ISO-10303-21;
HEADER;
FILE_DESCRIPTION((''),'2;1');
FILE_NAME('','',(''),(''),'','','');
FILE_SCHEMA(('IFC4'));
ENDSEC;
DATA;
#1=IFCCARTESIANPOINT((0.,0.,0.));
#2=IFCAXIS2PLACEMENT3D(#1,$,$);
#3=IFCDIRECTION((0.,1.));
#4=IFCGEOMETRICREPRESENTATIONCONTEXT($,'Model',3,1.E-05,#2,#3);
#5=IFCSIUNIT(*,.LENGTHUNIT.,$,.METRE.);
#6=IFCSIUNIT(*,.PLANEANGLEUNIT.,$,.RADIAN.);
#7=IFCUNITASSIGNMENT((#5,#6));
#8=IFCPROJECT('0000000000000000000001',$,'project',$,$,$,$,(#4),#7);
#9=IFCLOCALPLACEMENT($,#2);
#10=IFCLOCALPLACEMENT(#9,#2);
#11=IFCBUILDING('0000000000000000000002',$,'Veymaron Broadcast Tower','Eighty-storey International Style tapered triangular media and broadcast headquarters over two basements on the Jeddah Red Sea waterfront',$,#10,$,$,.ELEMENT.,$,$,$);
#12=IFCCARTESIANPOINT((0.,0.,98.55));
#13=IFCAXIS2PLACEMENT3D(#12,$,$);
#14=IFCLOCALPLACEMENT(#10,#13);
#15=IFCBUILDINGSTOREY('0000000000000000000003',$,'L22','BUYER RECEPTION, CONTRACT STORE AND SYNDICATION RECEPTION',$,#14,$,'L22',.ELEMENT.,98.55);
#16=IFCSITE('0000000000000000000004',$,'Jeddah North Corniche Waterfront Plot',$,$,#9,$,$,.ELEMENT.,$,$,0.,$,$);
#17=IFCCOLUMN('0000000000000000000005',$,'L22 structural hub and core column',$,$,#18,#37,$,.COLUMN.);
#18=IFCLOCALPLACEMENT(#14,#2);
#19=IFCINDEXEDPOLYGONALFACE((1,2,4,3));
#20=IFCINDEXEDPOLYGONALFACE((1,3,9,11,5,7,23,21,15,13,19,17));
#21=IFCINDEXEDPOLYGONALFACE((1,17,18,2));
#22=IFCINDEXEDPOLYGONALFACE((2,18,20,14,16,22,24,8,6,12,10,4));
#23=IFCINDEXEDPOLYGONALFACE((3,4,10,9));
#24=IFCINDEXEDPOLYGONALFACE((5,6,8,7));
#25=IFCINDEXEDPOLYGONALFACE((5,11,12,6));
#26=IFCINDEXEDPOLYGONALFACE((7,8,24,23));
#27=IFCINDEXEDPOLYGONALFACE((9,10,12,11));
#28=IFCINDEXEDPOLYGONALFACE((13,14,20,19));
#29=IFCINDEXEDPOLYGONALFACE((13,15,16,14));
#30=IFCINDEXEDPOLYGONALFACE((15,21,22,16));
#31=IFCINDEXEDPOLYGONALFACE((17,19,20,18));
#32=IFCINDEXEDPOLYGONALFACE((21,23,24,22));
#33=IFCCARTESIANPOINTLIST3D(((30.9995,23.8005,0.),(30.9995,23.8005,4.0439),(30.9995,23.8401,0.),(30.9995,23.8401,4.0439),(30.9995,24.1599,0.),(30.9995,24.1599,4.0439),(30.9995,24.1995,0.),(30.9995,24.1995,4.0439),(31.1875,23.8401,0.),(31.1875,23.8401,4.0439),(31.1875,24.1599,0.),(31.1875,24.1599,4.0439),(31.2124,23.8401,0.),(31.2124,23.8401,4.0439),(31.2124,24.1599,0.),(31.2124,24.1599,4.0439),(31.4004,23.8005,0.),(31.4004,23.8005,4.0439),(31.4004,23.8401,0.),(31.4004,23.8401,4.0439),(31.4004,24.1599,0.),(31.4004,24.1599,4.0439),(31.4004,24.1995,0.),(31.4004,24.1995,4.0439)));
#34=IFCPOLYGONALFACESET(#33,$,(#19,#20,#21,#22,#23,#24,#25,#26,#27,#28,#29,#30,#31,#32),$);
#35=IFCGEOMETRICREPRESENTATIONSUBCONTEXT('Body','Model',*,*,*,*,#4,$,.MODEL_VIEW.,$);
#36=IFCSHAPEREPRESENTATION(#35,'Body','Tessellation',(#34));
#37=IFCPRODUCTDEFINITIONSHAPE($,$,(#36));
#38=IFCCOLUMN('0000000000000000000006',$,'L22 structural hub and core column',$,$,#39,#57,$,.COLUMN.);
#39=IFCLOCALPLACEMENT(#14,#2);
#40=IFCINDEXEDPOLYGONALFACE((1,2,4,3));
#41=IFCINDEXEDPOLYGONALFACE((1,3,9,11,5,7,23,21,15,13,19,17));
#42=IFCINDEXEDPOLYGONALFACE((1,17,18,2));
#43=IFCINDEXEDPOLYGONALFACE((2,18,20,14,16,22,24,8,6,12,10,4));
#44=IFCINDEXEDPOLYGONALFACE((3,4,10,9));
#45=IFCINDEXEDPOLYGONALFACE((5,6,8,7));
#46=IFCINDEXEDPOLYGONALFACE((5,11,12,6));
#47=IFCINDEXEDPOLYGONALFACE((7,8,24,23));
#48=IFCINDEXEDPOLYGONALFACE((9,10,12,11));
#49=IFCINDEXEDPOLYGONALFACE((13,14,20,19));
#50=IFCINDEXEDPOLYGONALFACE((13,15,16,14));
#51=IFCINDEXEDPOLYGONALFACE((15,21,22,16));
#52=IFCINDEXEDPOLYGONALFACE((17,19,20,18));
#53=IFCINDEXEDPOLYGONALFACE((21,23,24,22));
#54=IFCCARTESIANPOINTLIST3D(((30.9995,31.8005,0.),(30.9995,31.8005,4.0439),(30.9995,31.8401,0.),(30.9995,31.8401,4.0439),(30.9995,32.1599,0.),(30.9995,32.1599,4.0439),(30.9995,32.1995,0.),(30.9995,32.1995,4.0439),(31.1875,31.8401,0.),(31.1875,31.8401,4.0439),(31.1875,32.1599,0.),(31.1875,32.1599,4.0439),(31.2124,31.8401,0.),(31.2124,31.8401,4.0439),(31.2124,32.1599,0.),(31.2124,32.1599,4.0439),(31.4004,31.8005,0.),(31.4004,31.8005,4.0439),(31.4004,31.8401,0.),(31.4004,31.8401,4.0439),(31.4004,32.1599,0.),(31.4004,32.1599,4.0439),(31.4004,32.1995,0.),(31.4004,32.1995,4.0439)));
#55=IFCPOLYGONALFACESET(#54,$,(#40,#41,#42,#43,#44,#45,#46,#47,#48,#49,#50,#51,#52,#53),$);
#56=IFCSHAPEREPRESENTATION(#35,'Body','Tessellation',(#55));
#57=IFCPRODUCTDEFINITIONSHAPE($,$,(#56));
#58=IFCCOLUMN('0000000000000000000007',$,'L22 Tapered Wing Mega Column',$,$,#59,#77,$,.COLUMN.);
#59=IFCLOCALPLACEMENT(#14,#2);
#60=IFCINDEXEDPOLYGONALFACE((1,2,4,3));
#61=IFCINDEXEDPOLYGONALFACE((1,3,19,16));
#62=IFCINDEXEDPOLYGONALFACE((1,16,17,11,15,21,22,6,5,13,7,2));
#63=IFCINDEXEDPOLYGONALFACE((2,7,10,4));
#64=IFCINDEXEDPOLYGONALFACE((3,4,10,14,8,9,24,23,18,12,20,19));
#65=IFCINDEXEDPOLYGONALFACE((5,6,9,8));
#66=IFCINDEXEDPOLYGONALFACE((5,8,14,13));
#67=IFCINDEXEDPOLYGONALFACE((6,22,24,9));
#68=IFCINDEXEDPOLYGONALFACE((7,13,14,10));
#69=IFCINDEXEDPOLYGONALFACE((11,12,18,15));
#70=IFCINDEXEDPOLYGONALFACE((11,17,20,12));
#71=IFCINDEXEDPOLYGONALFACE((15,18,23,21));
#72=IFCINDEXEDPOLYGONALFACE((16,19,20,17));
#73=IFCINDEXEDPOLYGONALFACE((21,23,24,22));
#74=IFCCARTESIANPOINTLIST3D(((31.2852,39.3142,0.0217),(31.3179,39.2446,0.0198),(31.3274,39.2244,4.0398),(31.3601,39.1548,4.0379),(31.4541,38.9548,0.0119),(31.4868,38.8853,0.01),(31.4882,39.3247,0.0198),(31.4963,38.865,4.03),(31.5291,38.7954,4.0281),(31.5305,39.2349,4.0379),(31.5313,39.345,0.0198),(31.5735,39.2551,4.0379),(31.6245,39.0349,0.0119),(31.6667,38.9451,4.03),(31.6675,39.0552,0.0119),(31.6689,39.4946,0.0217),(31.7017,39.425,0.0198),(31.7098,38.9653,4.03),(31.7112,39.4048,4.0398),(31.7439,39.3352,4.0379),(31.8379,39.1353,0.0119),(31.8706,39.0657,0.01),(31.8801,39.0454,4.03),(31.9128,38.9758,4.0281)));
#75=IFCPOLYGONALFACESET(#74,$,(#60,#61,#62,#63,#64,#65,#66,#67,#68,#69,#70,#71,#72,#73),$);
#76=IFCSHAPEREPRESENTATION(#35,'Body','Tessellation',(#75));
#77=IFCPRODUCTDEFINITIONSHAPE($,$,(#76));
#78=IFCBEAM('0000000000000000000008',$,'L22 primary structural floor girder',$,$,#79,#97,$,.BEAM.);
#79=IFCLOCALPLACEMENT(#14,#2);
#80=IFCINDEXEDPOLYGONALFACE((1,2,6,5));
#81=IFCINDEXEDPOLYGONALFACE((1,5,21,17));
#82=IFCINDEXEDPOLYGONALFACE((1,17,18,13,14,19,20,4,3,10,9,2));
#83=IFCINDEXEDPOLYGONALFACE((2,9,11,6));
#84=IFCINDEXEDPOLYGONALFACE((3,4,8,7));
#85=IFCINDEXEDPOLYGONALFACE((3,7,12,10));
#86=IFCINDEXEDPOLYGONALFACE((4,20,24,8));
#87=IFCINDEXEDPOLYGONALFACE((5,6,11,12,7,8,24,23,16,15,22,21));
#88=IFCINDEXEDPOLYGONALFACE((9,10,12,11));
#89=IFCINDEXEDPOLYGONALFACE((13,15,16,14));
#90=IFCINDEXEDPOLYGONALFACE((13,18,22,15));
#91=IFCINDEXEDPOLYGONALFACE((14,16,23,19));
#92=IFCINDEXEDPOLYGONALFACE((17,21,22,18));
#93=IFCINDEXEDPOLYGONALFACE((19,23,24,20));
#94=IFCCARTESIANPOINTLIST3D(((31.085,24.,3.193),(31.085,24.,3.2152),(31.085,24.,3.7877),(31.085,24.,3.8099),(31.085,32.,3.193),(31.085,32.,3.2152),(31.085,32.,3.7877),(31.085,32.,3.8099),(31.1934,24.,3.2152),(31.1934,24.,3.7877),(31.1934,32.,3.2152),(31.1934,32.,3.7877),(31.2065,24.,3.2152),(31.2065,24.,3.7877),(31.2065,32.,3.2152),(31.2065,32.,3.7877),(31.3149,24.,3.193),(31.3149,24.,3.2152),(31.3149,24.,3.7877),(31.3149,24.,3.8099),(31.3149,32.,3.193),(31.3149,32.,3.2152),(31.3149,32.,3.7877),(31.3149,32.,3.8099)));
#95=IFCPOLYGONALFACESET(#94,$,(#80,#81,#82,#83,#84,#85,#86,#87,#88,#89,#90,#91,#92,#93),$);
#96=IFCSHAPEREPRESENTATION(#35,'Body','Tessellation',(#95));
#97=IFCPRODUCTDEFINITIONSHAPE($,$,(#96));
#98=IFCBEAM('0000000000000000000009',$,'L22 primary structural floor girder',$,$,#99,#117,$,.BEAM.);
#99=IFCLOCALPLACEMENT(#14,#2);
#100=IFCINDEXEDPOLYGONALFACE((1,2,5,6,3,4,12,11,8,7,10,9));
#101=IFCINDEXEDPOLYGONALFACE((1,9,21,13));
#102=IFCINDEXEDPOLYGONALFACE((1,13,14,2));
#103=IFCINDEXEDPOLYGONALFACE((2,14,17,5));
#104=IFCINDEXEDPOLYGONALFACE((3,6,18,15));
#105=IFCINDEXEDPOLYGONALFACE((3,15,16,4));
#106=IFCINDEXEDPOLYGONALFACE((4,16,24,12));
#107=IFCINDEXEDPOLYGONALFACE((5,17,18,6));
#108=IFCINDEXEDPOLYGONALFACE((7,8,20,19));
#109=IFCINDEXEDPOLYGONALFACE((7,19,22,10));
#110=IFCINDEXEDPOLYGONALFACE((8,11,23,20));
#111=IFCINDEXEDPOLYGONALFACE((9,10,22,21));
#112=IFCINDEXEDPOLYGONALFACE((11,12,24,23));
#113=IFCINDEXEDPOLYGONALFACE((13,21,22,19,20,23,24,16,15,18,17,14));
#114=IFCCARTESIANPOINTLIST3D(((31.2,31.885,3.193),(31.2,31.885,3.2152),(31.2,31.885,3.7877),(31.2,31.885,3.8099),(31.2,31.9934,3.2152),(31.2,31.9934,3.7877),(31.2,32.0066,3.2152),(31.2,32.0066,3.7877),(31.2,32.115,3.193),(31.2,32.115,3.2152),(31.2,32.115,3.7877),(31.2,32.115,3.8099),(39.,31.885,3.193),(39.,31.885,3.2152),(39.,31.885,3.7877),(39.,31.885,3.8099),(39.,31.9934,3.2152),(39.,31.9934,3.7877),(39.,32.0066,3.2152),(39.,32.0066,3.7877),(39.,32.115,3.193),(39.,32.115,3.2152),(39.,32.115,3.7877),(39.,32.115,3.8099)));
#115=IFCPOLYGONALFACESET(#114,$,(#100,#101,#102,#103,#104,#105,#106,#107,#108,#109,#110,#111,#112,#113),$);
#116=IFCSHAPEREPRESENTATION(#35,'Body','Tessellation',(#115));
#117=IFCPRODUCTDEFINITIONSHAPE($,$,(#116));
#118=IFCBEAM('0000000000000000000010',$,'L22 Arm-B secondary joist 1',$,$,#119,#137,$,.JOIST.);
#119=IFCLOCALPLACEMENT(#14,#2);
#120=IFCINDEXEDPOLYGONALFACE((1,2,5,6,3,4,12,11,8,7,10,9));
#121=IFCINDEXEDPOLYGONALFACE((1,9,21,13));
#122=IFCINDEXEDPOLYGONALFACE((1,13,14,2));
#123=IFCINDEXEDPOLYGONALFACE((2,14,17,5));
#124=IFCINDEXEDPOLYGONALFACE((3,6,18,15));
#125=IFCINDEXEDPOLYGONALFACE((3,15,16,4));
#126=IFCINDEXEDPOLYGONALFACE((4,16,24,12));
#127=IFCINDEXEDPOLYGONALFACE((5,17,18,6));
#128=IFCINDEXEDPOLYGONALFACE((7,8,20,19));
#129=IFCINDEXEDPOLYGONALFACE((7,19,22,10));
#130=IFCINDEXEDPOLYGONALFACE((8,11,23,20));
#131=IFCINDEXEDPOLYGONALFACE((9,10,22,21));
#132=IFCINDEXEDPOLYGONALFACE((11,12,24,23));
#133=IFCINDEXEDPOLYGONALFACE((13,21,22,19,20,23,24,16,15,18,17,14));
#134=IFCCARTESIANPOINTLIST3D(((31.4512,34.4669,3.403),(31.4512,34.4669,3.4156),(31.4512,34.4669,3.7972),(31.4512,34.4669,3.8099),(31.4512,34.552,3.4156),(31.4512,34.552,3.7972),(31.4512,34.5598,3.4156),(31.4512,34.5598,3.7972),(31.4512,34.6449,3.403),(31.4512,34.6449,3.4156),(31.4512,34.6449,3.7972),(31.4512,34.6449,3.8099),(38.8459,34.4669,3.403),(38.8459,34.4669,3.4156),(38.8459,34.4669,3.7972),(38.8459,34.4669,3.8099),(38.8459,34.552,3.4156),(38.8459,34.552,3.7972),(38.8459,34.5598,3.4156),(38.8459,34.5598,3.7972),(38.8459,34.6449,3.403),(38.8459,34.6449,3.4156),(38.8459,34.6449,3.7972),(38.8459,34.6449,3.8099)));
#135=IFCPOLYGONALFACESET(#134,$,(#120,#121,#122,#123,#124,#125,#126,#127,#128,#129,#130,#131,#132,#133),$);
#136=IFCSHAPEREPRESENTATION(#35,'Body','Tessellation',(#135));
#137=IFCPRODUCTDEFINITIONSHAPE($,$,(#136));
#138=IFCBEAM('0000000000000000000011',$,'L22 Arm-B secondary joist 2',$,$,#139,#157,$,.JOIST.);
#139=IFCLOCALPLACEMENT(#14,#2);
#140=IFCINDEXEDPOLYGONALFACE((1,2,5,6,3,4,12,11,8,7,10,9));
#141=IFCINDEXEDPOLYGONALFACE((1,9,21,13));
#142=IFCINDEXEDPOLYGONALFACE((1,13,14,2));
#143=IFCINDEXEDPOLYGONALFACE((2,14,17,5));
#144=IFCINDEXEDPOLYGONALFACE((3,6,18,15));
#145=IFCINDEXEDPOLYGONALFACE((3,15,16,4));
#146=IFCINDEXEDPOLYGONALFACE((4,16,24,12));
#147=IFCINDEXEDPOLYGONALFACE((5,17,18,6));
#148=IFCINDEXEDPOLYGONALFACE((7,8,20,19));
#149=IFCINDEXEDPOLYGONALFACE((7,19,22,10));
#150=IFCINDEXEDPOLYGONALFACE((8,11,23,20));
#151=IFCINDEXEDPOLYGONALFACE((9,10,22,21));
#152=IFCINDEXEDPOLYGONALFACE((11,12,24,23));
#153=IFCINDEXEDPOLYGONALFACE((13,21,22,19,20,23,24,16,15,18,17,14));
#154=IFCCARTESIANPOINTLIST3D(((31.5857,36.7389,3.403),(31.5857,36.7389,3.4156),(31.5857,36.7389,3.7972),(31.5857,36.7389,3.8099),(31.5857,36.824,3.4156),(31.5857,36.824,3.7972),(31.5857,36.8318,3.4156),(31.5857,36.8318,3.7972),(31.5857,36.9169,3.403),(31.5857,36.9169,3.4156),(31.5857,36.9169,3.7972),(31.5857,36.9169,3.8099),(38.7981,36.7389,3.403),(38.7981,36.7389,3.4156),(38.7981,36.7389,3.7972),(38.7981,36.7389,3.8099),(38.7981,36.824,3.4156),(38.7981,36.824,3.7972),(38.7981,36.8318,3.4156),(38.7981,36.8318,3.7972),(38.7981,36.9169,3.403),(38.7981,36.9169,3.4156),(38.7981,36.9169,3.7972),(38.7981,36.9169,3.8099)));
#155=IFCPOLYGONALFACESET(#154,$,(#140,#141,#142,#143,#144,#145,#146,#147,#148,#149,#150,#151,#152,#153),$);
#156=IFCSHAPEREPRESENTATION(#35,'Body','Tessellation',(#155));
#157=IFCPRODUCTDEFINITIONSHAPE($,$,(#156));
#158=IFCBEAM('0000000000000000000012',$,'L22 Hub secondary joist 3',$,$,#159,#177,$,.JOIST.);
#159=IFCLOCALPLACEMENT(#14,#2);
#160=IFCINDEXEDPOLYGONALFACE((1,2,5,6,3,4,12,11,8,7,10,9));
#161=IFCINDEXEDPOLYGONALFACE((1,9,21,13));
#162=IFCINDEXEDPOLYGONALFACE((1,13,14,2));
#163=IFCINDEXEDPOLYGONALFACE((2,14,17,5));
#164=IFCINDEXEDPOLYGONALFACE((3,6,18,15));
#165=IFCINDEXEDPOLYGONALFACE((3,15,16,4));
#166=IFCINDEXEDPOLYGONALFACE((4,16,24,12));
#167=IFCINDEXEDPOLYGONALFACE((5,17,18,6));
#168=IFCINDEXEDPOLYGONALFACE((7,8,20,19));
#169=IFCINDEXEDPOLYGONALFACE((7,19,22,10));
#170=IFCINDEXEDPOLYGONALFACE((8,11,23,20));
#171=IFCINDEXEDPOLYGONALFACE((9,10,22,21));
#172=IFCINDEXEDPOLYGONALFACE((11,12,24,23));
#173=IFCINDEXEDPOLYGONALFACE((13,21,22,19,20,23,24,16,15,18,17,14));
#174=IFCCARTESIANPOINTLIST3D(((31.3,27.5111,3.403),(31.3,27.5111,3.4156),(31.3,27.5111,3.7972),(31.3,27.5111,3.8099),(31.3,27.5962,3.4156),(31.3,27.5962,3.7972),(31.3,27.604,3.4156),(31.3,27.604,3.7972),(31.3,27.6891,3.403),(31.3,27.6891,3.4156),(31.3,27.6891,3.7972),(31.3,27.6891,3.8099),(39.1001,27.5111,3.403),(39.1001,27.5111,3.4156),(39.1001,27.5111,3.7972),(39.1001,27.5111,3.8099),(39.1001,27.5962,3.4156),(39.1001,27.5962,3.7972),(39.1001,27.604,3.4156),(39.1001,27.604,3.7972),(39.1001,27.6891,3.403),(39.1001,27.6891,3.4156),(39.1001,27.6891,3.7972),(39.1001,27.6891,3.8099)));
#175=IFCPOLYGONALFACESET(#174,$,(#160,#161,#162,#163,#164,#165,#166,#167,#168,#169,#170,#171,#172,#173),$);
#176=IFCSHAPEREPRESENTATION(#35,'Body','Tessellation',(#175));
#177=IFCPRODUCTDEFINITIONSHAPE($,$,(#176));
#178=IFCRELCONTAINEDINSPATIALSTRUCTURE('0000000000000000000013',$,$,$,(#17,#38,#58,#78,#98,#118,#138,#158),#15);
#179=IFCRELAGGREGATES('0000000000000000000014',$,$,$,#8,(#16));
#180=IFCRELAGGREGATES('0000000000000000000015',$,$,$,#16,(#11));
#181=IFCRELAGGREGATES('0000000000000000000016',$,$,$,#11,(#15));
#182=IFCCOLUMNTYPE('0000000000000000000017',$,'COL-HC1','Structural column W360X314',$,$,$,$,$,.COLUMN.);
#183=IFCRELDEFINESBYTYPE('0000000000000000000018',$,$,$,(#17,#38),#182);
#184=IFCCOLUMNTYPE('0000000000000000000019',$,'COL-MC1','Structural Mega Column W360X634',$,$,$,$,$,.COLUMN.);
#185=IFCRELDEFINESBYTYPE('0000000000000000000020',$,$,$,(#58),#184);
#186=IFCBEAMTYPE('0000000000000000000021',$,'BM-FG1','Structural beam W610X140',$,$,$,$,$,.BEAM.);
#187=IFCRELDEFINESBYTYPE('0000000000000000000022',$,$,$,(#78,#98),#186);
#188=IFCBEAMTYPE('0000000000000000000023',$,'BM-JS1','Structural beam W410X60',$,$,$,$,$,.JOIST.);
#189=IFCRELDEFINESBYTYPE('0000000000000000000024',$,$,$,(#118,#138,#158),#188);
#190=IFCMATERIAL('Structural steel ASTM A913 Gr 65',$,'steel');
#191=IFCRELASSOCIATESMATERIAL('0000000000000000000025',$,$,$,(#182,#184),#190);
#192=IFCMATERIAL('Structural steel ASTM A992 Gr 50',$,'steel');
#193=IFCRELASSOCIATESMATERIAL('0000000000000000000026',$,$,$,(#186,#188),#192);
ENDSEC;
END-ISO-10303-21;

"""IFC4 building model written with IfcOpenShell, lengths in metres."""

from ifc_helpers import new_model, si_unit, direction, frame, origin, origin_2d, place, context, subcontext, project, spatial, i_section, extrude, material, material_profile, profile_set, type_object, element, save


model = new_model("IFC4")

# Units and contexts
model_context = context("Model", 3, precision=1e-05, world=origin(), true_north=direction((0.0, 1.0)))
body_context = subcontext(model_context, "Body", "Model", "MODEL_VIEW")
ifc_project = project(units=[si_unit("LENGTHUNIT", "METRE"), si_unit("PLANEANGLEUNIT", "RADIAN")], contexts=[model_context])

# Site, building, storey
site_placement = place(None, origin())
site = spatial("IfcSite", under=ifc_project, at=site_placement, Name="Jeddah North Corniche Waterfront Plot", CompositionType="ELEMENT", RefElevation=0.0)
building_placement = place(site_placement, origin())
building = spatial("IfcBuilding", under=site, at=building_placement, Name="Veymaron Broadcast Tower", Description="Eighty-storey International Style tapered triangular media and broadcast headquarters over two basements on the Jeddah Red Sea waterfront", CompositionType="ELEMENT")
storey_placement = place(building_placement, frame((0.0, 0.0, 98.55)))
storey = spatial("IfcBuildingStorey", under=building, at=storey_placement, Name="L22", Description="BUYER RECEPTION, CONTRACT STORE AND SYNDICATION RECEPTION", LongName="L22", CompositionType="ELEMENT", Elevation=98.55)

# Columns
ifc_material_1 = material(Name="Structural steel ASTM A913 Gr 65", Category="steel")
ifc_material_profile_1 = material_profile(ifc_material_1, i_section(OverallWidth=0.4009, OverallDepth=0.3989, WebThickness=0.0249, FlangeThickness=0.0396, at=origin_2d()), Name="W360X314")
ifc_profile_set_1 = profile_set([ifc_material_profile_1], Name="Structural steel ASTM A913 Gr 65")
column_type_1 = type_object("IfcColumnType", Name="COL-HC1", Description="Structural column W360X314", PredefinedType="COLUMN", material=ifc_profile_set_1)
for number, where, z_axis, x_axis, name in (
    (1, (31.2, 24.0, 0.0), (0.0, 0.0, 1.0), (1.0, 0.0, 0.0), "L22 structural hub and core column"),
    (2, (31.2, 32.0, 0.0), (0.0, 0.0, 1.0), (1.0, 0.0, 0.0), "L22 structural hub and core column"),
):
    element("IfcColumn", number, at=place(storey_placement, frame(where, z_axis=z_axis, x_axis=x_axis)), inside=storey, type_object=column_type_1, Name=name, PredefinedType="COLUMN", context=body_context, shape_type="SweptSolid", body=[
        extrude(i_section(OverallWidth=0.4009, OverallDepth=0.3989, WebThickness=0.0249, FlangeThickness=0.0396, at=origin_2d()), origin(), (0.0, 0.0, 1.0), 4.0439),
    ])
ifc_material_profile_2 = material_profile(ifc_material_1, i_section(OverallWidth=0.4241, OverallDepth=0.4741, WebThickness=0.0476, FlangeThickness=0.0769, at=origin_2d()), Name="W360X634")
ifc_profile_set_2 = profile_set([ifc_material_profile_2], Name="Structural steel ASTM A913 Gr 65")
column_type_2 = type_object("IfcColumnType", Name="COL-MC1", Description="Structural Mega Column W360X634", PredefinedType="COLUMN", material=ifc_profile_set_2)
column_placement = place(storey_placement, frame((31.5779, 39.1899, 0.0159), z_axis=(0.010508, -0.022353, 0.999695), x_axis=(0.904986, 0.425442, 0.0)))
element("IfcColumn", 3, at=column_placement, inside=storey, type_object=column_type_2, Name="L22 Tapered Wing Mega Column", PredefinedType="COLUMN", context=body_context, shape_type="SweptSolid", body=[
    extrude(i_section(OverallWidth=0.4241, OverallDepth=0.4741, WebThickness=0.0476, FlangeThickness=0.0769, at=origin_2d()), origin(), (0.0, 0.0, 1.0), 4.0193),
])

# Beams
ifc_material_2 = material(Name="Structural steel ASTM A992 Gr 50", Category="steel")
ifc_material_profile_3 = material_profile(ifc_material_2, i_section(OverallWidth=0.23, OverallDepth=0.6169, WebThickness=0.0132, FlangeThickness=0.0222, at=origin_2d()), Name="W610X140")
ifc_profile_set_3 = profile_set([ifc_material_profile_3], Name="Structural steel ASTM A992 Gr 50")
beam_type_1 = type_object("IfcBeamType", Name="BM-FG1", Description="Structural beam W610X140", PredefinedType="BEAM", material=ifc_profile_set_3)
beam_1_placement = place(storey_placement, frame((31.2, 24.0, 3.5015), z_axis=(0.0, 1.0, 0.0), x_axis=(-1.0, 0.0, 0.0)))
element("IfcBeam", 4, at=beam_1_placement, inside=storey, type_object=beam_type_1, Name="L22 primary structural floor girder", PredefinedType="BEAM", context=body_context, shape_type="SweptSolid", body=[
    extrude(i_section(OverallWidth=0.23, OverallDepth=0.6169, WebThickness=0.0132, FlangeThickness=0.0222, at=origin_2d()), origin(), (0.0, 0.0, 1.0), 8.0),
])
beam_2_placement = place(storey_placement, frame((31.2, 32.0, 3.5015), z_axis=(1.0, 0.0, 0.0), x_axis=(0.0, 1.0, 0.0)))
element("IfcBeam", 5, at=beam_2_placement, inside=storey, type_object=beam_type_1, Name="L22 primary structural floor girder", PredefinedType="BEAM", context=body_context, shape_type="SweptSolid", body=[
    extrude(i_section(OverallWidth=0.23, OverallDepth=0.6169, WebThickness=0.0132, FlangeThickness=0.0222, at=origin_2d()), origin(), (0.0, 0.0, 1.0), 7.8),
])
ifc_material_profile_4 = material_profile(ifc_material_2, i_section(OverallWidth=0.178, OverallDepth=0.407, WebThickness=0.0078, FlangeThickness=0.0127, at=origin_2d()), Name="W410X60")
ifc_profile_set_4 = profile_set([ifc_material_profile_4], Name="Structural steel ASTM A992 Gr 50")
beam_type_2 = type_object("IfcBeamType", Name="BM-JS1", Description="Structural beam W410X60", PredefinedType="JOIST", material=ifc_profile_set_4)
beam_3_placement = place(storey_placement, frame((31.4512, 34.5559, 3.6064), z_axis=(1.0, 0.0, 0.0), x_axis=(0.0, 1.0, 0.0)))
element("IfcBeam", 6, at=beam_3_placement, inside=storey, type_object=beam_type_2, Name="L22 Arm-B secondary joist 1", PredefinedType="JOIST", context=body_context, shape_type="SweptSolid", body=[
    extrude(i_section(OverallWidth=0.178, OverallDepth=0.407, WebThickness=0.0078, FlangeThickness=0.0127, at=origin_2d()), origin(), (0.0, 0.0, 1.0), 7.3948),
])
beam_4_placement = place(storey_placement, frame((31.5857, 36.8279, 3.6064), z_axis=(1.0, 0.0, 0.0), x_axis=(0.0, 1.0, 0.0)))
element("IfcBeam", 7, at=beam_4_placement, inside=storey, type_object=beam_type_2, Name="L22 Arm-B secondary joist 2", PredefinedType="JOIST", context=body_context, shape_type="SweptSolid", body=[
    extrude(i_section(OverallWidth=0.178, OverallDepth=0.407, WebThickness=0.0078, FlangeThickness=0.0127, at=origin_2d()), origin(), (0.0, 0.0, 1.0), 7.2124),
])
for number, where, z_axis, x_axis, name in (
    (8, (31.3, 27.6001, 3.6064), (1.0, 0.0, 0.0), (0.0, 1.0, 0.0), "L22 Hub secondary joist 3"),
):
    element("IfcBeam", number, at=place(storey_placement, frame(where, z_axis=z_axis, x_axis=x_axis)), inside=storey, type_object=beam_type_2, Name=name, PredefinedType="JOIST", context=body_context, shape_type="SweptSolid", body=[
        extrude(i_section(OverallWidth=0.178, OverallDepth=0.407, WebThickness=0.0078, FlangeThickness=0.0127, at=origin_2d()), origin(), (0.0, 0.0, 1.0), 7.8),
    ])

save(model, "model.ifc")
